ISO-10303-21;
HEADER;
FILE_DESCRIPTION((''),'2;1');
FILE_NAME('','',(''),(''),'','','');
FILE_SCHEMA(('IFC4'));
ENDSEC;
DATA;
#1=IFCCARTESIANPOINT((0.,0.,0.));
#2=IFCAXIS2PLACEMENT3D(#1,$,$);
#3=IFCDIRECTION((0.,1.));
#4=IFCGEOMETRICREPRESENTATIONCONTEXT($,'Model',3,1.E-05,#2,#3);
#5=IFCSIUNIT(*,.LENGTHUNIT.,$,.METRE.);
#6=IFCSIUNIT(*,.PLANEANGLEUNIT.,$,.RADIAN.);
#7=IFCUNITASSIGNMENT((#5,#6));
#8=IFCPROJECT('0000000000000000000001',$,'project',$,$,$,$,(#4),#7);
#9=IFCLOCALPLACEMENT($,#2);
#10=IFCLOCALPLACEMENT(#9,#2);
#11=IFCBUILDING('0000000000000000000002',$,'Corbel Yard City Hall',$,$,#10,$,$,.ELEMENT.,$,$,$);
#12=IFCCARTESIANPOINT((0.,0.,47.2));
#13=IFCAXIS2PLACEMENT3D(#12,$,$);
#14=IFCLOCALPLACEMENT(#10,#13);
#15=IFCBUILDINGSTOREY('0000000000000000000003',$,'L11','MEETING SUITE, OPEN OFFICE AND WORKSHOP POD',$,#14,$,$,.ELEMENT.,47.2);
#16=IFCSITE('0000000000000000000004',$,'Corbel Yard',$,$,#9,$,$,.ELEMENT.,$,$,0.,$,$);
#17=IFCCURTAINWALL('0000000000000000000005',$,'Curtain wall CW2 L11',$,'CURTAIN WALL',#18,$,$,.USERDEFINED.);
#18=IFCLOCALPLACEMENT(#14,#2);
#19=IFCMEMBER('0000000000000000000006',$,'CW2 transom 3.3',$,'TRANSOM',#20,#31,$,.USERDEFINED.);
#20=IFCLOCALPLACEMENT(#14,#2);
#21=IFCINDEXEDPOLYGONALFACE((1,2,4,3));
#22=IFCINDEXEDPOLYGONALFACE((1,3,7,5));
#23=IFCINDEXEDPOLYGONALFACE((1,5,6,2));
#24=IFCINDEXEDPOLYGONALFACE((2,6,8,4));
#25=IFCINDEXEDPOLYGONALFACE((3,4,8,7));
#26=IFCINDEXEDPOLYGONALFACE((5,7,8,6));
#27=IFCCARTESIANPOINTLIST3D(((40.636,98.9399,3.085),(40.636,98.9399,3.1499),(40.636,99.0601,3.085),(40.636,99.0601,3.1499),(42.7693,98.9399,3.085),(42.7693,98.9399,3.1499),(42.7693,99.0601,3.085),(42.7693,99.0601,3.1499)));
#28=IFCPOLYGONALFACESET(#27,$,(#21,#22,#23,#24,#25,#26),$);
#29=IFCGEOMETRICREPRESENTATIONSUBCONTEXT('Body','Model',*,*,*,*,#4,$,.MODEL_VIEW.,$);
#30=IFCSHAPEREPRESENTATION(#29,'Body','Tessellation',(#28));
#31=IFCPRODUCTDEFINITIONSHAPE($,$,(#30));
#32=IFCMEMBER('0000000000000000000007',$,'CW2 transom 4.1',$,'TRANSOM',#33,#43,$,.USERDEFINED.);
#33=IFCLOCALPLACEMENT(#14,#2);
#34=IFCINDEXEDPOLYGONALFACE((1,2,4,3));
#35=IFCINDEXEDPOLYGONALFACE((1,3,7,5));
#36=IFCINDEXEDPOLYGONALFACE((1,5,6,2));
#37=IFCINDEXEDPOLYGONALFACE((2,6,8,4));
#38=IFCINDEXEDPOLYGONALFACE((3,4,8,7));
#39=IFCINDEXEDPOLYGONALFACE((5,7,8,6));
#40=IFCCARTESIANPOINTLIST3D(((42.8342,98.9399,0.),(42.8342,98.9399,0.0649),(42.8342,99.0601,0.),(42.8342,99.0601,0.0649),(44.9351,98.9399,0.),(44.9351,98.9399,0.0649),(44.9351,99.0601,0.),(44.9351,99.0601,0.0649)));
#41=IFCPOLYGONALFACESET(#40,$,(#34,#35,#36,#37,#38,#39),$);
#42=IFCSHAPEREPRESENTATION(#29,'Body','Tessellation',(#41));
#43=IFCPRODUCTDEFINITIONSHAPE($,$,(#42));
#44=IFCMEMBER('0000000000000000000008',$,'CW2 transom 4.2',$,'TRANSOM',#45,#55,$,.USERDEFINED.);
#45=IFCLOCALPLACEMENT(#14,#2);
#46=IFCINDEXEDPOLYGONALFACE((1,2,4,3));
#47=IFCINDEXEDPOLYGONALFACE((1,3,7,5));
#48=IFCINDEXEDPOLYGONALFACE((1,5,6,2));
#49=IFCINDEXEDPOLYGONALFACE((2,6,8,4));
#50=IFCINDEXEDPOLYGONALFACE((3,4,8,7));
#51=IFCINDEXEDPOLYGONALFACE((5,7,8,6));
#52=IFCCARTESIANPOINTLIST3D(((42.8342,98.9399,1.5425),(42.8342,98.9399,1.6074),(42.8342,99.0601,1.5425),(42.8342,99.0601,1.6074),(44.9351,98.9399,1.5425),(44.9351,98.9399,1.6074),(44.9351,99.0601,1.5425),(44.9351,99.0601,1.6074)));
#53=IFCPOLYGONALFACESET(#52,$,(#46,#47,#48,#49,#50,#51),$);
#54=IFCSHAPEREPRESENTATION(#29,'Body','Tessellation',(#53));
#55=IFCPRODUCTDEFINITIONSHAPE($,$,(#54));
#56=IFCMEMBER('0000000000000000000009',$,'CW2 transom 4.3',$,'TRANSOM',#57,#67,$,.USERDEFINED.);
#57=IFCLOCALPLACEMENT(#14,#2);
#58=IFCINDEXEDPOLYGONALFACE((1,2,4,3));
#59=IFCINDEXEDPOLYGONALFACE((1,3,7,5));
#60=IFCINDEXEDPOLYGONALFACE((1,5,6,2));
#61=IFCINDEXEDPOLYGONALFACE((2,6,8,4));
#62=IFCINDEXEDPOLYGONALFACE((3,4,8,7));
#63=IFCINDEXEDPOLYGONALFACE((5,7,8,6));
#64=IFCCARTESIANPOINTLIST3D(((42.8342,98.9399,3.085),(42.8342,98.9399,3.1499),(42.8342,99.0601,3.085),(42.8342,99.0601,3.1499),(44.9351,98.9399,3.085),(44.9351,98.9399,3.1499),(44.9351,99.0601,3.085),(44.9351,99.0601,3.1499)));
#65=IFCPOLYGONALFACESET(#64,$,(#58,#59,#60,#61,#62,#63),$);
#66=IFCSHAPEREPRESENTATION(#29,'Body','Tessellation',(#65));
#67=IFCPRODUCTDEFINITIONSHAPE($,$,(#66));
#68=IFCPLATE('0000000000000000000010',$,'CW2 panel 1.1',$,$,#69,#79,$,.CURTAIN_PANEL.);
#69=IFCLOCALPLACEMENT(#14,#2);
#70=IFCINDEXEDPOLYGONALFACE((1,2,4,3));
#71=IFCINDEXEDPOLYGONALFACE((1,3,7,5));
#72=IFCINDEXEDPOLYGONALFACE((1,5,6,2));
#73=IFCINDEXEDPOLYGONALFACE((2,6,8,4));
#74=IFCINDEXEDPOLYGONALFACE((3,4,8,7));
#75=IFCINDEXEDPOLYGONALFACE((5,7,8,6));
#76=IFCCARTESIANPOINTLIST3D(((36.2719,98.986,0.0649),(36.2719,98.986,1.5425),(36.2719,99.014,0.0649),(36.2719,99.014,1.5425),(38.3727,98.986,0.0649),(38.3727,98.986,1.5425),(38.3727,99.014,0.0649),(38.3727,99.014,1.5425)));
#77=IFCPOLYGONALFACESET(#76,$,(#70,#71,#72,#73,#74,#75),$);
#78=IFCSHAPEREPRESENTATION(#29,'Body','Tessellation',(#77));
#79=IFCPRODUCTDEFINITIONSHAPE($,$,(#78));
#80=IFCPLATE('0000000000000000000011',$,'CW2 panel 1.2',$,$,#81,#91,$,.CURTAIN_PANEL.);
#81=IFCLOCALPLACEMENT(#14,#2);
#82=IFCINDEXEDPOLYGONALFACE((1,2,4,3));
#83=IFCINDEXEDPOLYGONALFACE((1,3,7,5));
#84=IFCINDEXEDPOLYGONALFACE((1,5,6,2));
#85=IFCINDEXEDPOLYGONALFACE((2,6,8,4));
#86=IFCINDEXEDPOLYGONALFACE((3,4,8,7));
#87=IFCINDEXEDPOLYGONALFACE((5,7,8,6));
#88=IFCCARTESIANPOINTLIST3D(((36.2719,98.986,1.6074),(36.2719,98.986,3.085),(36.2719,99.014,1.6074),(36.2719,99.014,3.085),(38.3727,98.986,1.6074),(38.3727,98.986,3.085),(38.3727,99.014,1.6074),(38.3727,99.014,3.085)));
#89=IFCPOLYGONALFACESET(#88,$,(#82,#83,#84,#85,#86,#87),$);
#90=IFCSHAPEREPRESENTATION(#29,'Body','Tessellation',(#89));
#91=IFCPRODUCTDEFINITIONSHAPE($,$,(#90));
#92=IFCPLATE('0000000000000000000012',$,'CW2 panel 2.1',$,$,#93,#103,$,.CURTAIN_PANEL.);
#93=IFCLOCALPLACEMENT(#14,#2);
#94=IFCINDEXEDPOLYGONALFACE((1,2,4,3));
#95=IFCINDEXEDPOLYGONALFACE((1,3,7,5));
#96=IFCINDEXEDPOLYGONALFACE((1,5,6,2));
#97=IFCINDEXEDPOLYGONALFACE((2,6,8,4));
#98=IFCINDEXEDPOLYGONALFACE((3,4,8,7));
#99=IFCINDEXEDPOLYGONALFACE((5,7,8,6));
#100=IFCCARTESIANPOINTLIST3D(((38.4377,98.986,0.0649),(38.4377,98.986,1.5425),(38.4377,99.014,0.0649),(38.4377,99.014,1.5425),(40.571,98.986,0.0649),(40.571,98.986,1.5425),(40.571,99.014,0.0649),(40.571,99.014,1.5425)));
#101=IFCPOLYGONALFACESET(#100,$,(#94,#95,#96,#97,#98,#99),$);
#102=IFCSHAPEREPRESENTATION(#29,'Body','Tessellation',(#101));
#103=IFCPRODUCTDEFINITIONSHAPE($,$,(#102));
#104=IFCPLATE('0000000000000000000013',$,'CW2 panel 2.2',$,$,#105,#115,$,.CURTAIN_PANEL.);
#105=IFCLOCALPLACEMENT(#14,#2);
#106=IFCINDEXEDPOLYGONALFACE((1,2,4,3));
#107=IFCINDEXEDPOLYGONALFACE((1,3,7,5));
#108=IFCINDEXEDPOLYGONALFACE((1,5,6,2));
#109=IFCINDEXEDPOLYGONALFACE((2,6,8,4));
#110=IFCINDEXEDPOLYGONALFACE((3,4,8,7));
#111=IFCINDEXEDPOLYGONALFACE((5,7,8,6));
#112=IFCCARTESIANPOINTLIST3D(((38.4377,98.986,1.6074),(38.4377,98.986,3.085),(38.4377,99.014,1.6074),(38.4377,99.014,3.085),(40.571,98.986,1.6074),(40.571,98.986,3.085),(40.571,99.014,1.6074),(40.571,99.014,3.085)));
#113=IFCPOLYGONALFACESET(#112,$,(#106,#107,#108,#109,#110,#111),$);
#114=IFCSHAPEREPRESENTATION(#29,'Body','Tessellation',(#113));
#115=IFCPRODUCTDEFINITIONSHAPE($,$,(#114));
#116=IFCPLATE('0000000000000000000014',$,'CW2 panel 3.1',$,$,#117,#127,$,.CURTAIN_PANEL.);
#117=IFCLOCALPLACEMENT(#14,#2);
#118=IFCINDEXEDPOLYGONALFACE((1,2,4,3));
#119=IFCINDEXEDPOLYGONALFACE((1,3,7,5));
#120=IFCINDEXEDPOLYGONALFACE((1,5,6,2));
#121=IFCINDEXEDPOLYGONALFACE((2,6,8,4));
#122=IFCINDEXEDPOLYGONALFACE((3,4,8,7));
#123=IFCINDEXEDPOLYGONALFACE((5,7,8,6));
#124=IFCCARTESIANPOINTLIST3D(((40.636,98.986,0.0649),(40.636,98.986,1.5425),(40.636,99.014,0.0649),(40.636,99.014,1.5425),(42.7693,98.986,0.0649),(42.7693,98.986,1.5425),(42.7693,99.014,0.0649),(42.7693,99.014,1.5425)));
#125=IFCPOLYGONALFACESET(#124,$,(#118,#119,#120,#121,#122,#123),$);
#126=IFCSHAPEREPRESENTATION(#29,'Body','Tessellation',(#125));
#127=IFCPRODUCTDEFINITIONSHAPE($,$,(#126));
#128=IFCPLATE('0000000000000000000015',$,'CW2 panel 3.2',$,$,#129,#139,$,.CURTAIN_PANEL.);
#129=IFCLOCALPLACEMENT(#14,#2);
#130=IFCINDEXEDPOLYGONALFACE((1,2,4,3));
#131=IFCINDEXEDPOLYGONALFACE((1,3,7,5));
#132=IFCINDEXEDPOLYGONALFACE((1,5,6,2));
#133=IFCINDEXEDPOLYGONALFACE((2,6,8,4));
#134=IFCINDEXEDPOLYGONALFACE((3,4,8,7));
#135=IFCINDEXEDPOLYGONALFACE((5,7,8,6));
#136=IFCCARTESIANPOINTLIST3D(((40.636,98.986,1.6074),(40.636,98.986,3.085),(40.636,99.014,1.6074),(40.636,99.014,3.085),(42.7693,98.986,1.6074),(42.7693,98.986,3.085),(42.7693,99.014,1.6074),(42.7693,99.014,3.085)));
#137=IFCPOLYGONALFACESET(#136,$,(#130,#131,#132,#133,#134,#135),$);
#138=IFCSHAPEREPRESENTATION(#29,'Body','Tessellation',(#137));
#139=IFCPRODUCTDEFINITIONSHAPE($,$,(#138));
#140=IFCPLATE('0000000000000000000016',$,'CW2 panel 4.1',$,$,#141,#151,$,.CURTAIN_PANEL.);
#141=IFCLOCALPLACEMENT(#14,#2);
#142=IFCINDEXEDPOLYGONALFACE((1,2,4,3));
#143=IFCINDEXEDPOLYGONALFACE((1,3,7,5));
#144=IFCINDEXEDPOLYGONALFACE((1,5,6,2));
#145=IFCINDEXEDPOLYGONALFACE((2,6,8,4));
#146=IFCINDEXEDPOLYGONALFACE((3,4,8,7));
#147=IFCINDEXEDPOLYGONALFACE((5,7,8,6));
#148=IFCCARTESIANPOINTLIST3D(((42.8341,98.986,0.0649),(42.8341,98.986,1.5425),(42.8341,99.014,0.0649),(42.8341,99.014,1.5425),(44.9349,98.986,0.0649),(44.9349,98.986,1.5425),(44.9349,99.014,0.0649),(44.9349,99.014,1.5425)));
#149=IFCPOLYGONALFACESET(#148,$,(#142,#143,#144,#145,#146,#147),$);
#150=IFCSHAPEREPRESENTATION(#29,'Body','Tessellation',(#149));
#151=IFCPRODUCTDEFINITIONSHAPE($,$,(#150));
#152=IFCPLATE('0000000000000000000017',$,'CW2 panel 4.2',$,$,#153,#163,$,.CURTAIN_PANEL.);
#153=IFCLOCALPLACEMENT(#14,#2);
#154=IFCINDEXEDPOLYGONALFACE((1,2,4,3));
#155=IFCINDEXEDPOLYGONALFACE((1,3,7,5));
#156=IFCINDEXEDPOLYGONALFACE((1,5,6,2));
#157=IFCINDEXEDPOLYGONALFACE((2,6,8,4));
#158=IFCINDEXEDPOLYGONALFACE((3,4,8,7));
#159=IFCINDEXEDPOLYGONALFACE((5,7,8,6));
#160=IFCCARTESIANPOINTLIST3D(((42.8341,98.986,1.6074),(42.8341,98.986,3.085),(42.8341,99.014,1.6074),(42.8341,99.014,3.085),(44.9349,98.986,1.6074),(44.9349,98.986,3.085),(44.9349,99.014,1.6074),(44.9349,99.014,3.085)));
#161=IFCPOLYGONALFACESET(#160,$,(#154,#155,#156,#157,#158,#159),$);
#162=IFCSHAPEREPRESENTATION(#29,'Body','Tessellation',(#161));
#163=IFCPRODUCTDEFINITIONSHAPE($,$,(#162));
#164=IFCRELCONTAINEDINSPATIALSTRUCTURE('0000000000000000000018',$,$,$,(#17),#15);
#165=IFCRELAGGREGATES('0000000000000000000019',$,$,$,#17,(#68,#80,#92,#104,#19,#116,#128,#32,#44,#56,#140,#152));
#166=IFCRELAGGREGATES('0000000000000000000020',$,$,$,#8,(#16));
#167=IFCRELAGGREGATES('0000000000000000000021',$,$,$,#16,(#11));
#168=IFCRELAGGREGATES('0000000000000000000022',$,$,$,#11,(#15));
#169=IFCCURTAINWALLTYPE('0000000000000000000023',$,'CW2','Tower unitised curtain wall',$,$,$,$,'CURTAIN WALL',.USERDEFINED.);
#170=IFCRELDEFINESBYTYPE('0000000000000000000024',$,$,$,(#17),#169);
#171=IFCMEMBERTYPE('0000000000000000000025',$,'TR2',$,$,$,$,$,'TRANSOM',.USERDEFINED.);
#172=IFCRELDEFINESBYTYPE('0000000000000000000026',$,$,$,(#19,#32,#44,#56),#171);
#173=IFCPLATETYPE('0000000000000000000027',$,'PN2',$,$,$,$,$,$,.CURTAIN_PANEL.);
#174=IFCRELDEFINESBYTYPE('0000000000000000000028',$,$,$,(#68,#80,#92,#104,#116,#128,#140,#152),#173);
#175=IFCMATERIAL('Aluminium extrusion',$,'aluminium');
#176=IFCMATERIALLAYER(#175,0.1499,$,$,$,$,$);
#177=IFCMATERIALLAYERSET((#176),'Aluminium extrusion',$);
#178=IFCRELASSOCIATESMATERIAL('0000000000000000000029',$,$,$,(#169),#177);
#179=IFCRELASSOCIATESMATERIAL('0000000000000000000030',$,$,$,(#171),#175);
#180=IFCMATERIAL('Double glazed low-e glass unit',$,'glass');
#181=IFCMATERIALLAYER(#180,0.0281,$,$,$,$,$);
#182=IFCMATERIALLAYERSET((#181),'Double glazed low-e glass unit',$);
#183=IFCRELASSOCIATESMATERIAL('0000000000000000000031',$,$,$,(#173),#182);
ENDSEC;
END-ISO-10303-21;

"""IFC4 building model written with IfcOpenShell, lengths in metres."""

from ifc_helpers import new_model, si_unit, direction, frame, origin, origin_2d, place, context, subcontext, project, spatial, rectangle, extrude, material, layer, layer_set, material_profile, profile_set, type_object, element, aggregate, save


model = new_model("IFC4")

# Units and contexts
model_context = context("Model", 3, precision=1e-05, world=origin(), true_north=direction((0.0, 1.0)))
body_context = subcontext(model_context, "Body", "Model", "MODEL_VIEW")
ifc_project = project(units=[si_unit("LENGTHUNIT", "METRE"), si_unit("PLANEANGLEUNIT", "RADIAN")], contexts=[model_context])

# Site, building, storey
site_placement = place(None, origin())
site = spatial("IfcSite", under=ifc_project, at=site_placement, Name="Corbel Yard", CompositionType="ELEMENT", RefElevation=0.0)
building_placement = place(site_placement, origin())
building = spatial("IfcBuilding", under=site, at=building_placement, Name="Corbel Yard City Hall", CompositionType="ELEMENT")
storey_placement = place(building_placement, frame((0.0, 0.0, 47.2)))
storey = spatial("IfcBuildingStorey", under=building, at=storey_placement, Name="L11", Description="MEETING SUITE, OPEN OFFICE AND WORKSHOP POD", CompositionType="ELEMENT", Elevation=47.2)

# Curtain wall, members, plates
ifc_material_1 = material(Name="Aluminium extrusion", Category="aluminium")
ifc_layer_1 = layer(ifc_material_1, 0.1499)
ifc_layer_set_1 = layer_set([ifc_layer_1], Name="Aluminium extrusion")
curtain_wall_type = type_object("IfcCurtainWallType", Name="CW2", Description="Tower unitised curtain wall", ElementType="CURTAIN WALL", PredefinedType="USERDEFINED", material=ifc_layer_set_1)
curtain_wall_placement = place(storey_placement, origin())
curtain_wall = element("IfcCurtainWall", 1, at=curtain_wall_placement, inside=storey, type_object=curtain_wall_type, Name="Curtain wall CW2 L11", ObjectType="CURTAIN WALL", PredefinedType="USERDEFINED")
ifc_material_profile_1 = material_profile(ifc_material_1, rectangle(XDim=0.1201, YDim=0.0649, at=origin_2d()), Name="120x65")
ifc_profile_set_1 = profile_set([ifc_material_profile_1], Name="Aluminium extrusion")
member_type_1 = type_object("IfcMemberType", Name="TR2", ElementType="TRANSOM", PredefinedType="USERDEFINED", material=ifc_profile_set_1)
member_1_placement = place(storey_placement, frame((40.636, 99.0, 3.1174), z_axis=(1.0, 0.0, 0.0), x_axis=(0.0, 1.0, 0.0)))
member_1 = element("IfcMember", 2, at=member_1_placement, type_object=member_type_1, Name="CW2 transom 3.3", ObjectType="TRANSOM", PredefinedType="USERDEFINED", context=body_context, shape_type="SweptSolid", body=[
    extrude(rectangle(XDim=0.1201, YDim=0.0649, at=origin_2d()), origin(), (0.0, 0.0, 1.0), 2.1333),
])
member_2_placement = place(storey_placement, frame((42.8342, 99.0, 0.0325), z_axis=(1.0, 0.0, 0.0), x_axis=(0.0, 1.0, 0.0)))
member_2 = element("IfcMember", 3, at=member_2_placement, type_object=member_type_1, Name="CW2 transom 4.1", ObjectType="TRANSOM", PredefinedType="USERDEFINED", context=body_context, shape_type="SweptSolid", body=[
    extrude(rectangle(XDim=0.1201, YDim=0.0649, at=origin_2d()), origin(), (0.0, 0.0, 1.0), 2.1008),
])
member_3_placement = place(storey_placement, frame((42.8342, 99.0, 1.575), z_axis=(1.0, 0.0, 0.0), x_axis=(0.0, 1.0, 0.0)))
member_3 = element("IfcMember", 4, at=member_3_placement, type_object=member_type_1, Name="CW2 transom 4.2", ObjectType="TRANSOM", PredefinedType="USERDEFINED", context=body_context, shape_type="SweptSolid", body=[
    extrude(rectangle(XDim=0.1201, YDim=0.0649, at=origin_2d()), origin(), (0.0, 0.0, 1.0), 2.1008),
])
member_4_placement = place(storey_placement, frame((42.8342, 99.0, 3.1174), z_axis=(1.0, 0.0, 0.0), x_axis=(0.0, 1.0, 0.0)))
member_4 = element("IfcMember", 5, at=member_4_placement, type_object=member_type_1, Name="CW2 transom 4.3", ObjectType="TRANSOM", PredefinedType="USERDEFINED", context=body_context, shape_type="SweptSolid", body=[
    extrude(rectangle(XDim=0.1201, YDim=0.0649, at=origin_2d()), origin(), (0.0, 0.0, 1.0), 2.1008),
])
ifc_material_2 = material(Name="Double glazed low-e glass unit", Category="glass")
ifc_layer_2 = layer(ifc_material_2, 0.0281)
ifc_layer_set_2 = layer_set([ifc_layer_2], Name="Double glazed low-e glass unit")
plate_type = type_object("IfcPlateType", Name="PN2", PredefinedType="CURTAIN_PANEL", material=ifc_layer_set_2)
plate_1_placement = place(storey_placement, frame((37.3223, 99.0, 0.0649), z_axis=(0.0, 0.0, 1.0), x_axis=(1.0, 0.0, 0.0)))
plate_1 = element("IfcPlate", 6, at=plate_1_placement, type_object=plate_type, Name="CW2 panel 1.1", PredefinedType="CURTAIN_PANEL", context=body_context, shape_type="SweptSolid", body=[
    extrude(rectangle(XDim=2.1008, YDim=0.0281, at=origin_2d()), origin(), (0.0, 0.0, 1.0), 1.4775),
])
plate_2_placement = place(storey_placement, frame((37.3223, 99.0, 1.6074), z_axis=(0.0, 0.0, 1.0), x_axis=(1.0, 0.0, 0.0)))
plate_2 = element("IfcPlate", 7, at=plate_2_placement, type_object=plate_type, Name="CW2 panel 1.2", PredefinedType="CURTAIN_PANEL", context=body_context, shape_type="SweptSolid", body=[
    extrude(rectangle(XDim=2.1008, YDim=0.0281, at=origin_2d()), origin(), (0.0, 0.0, 1.0), 1.4775),
])
plate_3_placement = place(storey_placement, frame((39.5044, 99.0, 0.0649), z_axis=(0.0, 0.0, 1.0), x_axis=(1.0, 0.0, 0.0)))
plate_3 = element("IfcPlate", 8, at=plate_3_placement, type_object=plate_type, Name="CW2 panel 2.1", PredefinedType="CURTAIN_PANEL", context=body_context, shape_type="SweptSolid", body=[
    extrude(rectangle(XDim=2.1333, YDim=0.0281, at=origin_2d()), origin(), (0.0, 0.0, 1.0), 1.4775),
])
plate_4_placement = place(storey_placement, frame((39.5044, 99.0, 1.6074), z_axis=(0.0, 0.0, 1.0), x_axis=(1.0, 0.0, 0.0)))
plate_4 = element("IfcPlate", 9, at=plate_4_placement, type_object=plate_type, Name="CW2 panel 2.2", PredefinedType="CURTAIN_PANEL", context=body_context, shape_type="SweptSolid", body=[
    extrude(rectangle(XDim=2.1333, YDim=0.0281, at=origin_2d()), origin(), (0.0, 0.0, 1.0), 1.4775),
])
plate_5_placement = place(storey_placement, frame((41.7026, 99.0, 0.0649), z_axis=(0.0, 0.0, 1.0), x_axis=(1.0, 0.0, 0.0)))
plate_5 = element("IfcPlate", 10, at=plate_5_placement, type_object=plate_type, Name="CW2 panel 3.1", PredefinedType="CURTAIN_PANEL", context=body_context, shape_type="SweptSolid", body=[
    extrude(rectangle(XDim=2.1333, YDim=0.0281, at=origin_2d()), origin(), (0.0, 0.0, 1.0), 1.4775),
])
plate_6_placement = place(storey_placement, frame((41.7026, 99.0, 1.6074), z_axis=(0.0, 0.0, 1.0), x_axis=(1.0, 0.0, 0.0)))
plate_6 = element("IfcPlate", 11, at=plate_6_placement, type_object=plate_type, Name="CW2 panel 3.2", PredefinedType="CURTAIN_PANEL", context=body_context, shape_type="SweptSolid", body=[
    extrude(rectangle(XDim=2.1333, YDim=0.0281, at=origin_2d()), origin(), (0.0, 0.0, 1.0), 1.4775),
])
plate_7_placement = place(storey_placement, frame((43.8845, 99.0, 0.0649), z_axis=(0.0, 0.0, 1.0), x_axis=(1.0, 0.0, 0.0)))
plate_7 = element("IfcPlate", 12, at=plate_7_placement, type_object=plate_type, Name="CW2 panel 4.1", PredefinedType="CURTAIN_PANEL", context=body_context, shape_type="SweptSolid", body=[
    extrude(rectangle(XDim=2.1008, YDim=0.0281, at=origin_2d()), origin(), (0.0, 0.0, 1.0), 1.4775),
])
plate_8_placement = place(storey_placement, frame((43.8845, 99.0, 1.6074), z_axis=(0.0, 0.0, 1.0), x_axis=(1.0, 0.0, 0.0)))
plate_8 = element("IfcPlate", 13, at=plate_8_placement, type_object=plate_type, Name="CW2 panel 4.2", PredefinedType="CURTAIN_PANEL", context=body_context, shape_type="SweptSolid", body=[
    extrude(rectangle(XDim=2.1008, YDim=0.0281, at=origin_2d()), origin(), (0.0, 0.0, 1.0), 1.4775),
])
aggregate(curtain_wall, [plate_1, plate_2, plate_3, plate_4, member_1, plate_5, plate_6, member_2, member_3, member_4, plate_7, plate_8])

save(model, "model.ifc")
